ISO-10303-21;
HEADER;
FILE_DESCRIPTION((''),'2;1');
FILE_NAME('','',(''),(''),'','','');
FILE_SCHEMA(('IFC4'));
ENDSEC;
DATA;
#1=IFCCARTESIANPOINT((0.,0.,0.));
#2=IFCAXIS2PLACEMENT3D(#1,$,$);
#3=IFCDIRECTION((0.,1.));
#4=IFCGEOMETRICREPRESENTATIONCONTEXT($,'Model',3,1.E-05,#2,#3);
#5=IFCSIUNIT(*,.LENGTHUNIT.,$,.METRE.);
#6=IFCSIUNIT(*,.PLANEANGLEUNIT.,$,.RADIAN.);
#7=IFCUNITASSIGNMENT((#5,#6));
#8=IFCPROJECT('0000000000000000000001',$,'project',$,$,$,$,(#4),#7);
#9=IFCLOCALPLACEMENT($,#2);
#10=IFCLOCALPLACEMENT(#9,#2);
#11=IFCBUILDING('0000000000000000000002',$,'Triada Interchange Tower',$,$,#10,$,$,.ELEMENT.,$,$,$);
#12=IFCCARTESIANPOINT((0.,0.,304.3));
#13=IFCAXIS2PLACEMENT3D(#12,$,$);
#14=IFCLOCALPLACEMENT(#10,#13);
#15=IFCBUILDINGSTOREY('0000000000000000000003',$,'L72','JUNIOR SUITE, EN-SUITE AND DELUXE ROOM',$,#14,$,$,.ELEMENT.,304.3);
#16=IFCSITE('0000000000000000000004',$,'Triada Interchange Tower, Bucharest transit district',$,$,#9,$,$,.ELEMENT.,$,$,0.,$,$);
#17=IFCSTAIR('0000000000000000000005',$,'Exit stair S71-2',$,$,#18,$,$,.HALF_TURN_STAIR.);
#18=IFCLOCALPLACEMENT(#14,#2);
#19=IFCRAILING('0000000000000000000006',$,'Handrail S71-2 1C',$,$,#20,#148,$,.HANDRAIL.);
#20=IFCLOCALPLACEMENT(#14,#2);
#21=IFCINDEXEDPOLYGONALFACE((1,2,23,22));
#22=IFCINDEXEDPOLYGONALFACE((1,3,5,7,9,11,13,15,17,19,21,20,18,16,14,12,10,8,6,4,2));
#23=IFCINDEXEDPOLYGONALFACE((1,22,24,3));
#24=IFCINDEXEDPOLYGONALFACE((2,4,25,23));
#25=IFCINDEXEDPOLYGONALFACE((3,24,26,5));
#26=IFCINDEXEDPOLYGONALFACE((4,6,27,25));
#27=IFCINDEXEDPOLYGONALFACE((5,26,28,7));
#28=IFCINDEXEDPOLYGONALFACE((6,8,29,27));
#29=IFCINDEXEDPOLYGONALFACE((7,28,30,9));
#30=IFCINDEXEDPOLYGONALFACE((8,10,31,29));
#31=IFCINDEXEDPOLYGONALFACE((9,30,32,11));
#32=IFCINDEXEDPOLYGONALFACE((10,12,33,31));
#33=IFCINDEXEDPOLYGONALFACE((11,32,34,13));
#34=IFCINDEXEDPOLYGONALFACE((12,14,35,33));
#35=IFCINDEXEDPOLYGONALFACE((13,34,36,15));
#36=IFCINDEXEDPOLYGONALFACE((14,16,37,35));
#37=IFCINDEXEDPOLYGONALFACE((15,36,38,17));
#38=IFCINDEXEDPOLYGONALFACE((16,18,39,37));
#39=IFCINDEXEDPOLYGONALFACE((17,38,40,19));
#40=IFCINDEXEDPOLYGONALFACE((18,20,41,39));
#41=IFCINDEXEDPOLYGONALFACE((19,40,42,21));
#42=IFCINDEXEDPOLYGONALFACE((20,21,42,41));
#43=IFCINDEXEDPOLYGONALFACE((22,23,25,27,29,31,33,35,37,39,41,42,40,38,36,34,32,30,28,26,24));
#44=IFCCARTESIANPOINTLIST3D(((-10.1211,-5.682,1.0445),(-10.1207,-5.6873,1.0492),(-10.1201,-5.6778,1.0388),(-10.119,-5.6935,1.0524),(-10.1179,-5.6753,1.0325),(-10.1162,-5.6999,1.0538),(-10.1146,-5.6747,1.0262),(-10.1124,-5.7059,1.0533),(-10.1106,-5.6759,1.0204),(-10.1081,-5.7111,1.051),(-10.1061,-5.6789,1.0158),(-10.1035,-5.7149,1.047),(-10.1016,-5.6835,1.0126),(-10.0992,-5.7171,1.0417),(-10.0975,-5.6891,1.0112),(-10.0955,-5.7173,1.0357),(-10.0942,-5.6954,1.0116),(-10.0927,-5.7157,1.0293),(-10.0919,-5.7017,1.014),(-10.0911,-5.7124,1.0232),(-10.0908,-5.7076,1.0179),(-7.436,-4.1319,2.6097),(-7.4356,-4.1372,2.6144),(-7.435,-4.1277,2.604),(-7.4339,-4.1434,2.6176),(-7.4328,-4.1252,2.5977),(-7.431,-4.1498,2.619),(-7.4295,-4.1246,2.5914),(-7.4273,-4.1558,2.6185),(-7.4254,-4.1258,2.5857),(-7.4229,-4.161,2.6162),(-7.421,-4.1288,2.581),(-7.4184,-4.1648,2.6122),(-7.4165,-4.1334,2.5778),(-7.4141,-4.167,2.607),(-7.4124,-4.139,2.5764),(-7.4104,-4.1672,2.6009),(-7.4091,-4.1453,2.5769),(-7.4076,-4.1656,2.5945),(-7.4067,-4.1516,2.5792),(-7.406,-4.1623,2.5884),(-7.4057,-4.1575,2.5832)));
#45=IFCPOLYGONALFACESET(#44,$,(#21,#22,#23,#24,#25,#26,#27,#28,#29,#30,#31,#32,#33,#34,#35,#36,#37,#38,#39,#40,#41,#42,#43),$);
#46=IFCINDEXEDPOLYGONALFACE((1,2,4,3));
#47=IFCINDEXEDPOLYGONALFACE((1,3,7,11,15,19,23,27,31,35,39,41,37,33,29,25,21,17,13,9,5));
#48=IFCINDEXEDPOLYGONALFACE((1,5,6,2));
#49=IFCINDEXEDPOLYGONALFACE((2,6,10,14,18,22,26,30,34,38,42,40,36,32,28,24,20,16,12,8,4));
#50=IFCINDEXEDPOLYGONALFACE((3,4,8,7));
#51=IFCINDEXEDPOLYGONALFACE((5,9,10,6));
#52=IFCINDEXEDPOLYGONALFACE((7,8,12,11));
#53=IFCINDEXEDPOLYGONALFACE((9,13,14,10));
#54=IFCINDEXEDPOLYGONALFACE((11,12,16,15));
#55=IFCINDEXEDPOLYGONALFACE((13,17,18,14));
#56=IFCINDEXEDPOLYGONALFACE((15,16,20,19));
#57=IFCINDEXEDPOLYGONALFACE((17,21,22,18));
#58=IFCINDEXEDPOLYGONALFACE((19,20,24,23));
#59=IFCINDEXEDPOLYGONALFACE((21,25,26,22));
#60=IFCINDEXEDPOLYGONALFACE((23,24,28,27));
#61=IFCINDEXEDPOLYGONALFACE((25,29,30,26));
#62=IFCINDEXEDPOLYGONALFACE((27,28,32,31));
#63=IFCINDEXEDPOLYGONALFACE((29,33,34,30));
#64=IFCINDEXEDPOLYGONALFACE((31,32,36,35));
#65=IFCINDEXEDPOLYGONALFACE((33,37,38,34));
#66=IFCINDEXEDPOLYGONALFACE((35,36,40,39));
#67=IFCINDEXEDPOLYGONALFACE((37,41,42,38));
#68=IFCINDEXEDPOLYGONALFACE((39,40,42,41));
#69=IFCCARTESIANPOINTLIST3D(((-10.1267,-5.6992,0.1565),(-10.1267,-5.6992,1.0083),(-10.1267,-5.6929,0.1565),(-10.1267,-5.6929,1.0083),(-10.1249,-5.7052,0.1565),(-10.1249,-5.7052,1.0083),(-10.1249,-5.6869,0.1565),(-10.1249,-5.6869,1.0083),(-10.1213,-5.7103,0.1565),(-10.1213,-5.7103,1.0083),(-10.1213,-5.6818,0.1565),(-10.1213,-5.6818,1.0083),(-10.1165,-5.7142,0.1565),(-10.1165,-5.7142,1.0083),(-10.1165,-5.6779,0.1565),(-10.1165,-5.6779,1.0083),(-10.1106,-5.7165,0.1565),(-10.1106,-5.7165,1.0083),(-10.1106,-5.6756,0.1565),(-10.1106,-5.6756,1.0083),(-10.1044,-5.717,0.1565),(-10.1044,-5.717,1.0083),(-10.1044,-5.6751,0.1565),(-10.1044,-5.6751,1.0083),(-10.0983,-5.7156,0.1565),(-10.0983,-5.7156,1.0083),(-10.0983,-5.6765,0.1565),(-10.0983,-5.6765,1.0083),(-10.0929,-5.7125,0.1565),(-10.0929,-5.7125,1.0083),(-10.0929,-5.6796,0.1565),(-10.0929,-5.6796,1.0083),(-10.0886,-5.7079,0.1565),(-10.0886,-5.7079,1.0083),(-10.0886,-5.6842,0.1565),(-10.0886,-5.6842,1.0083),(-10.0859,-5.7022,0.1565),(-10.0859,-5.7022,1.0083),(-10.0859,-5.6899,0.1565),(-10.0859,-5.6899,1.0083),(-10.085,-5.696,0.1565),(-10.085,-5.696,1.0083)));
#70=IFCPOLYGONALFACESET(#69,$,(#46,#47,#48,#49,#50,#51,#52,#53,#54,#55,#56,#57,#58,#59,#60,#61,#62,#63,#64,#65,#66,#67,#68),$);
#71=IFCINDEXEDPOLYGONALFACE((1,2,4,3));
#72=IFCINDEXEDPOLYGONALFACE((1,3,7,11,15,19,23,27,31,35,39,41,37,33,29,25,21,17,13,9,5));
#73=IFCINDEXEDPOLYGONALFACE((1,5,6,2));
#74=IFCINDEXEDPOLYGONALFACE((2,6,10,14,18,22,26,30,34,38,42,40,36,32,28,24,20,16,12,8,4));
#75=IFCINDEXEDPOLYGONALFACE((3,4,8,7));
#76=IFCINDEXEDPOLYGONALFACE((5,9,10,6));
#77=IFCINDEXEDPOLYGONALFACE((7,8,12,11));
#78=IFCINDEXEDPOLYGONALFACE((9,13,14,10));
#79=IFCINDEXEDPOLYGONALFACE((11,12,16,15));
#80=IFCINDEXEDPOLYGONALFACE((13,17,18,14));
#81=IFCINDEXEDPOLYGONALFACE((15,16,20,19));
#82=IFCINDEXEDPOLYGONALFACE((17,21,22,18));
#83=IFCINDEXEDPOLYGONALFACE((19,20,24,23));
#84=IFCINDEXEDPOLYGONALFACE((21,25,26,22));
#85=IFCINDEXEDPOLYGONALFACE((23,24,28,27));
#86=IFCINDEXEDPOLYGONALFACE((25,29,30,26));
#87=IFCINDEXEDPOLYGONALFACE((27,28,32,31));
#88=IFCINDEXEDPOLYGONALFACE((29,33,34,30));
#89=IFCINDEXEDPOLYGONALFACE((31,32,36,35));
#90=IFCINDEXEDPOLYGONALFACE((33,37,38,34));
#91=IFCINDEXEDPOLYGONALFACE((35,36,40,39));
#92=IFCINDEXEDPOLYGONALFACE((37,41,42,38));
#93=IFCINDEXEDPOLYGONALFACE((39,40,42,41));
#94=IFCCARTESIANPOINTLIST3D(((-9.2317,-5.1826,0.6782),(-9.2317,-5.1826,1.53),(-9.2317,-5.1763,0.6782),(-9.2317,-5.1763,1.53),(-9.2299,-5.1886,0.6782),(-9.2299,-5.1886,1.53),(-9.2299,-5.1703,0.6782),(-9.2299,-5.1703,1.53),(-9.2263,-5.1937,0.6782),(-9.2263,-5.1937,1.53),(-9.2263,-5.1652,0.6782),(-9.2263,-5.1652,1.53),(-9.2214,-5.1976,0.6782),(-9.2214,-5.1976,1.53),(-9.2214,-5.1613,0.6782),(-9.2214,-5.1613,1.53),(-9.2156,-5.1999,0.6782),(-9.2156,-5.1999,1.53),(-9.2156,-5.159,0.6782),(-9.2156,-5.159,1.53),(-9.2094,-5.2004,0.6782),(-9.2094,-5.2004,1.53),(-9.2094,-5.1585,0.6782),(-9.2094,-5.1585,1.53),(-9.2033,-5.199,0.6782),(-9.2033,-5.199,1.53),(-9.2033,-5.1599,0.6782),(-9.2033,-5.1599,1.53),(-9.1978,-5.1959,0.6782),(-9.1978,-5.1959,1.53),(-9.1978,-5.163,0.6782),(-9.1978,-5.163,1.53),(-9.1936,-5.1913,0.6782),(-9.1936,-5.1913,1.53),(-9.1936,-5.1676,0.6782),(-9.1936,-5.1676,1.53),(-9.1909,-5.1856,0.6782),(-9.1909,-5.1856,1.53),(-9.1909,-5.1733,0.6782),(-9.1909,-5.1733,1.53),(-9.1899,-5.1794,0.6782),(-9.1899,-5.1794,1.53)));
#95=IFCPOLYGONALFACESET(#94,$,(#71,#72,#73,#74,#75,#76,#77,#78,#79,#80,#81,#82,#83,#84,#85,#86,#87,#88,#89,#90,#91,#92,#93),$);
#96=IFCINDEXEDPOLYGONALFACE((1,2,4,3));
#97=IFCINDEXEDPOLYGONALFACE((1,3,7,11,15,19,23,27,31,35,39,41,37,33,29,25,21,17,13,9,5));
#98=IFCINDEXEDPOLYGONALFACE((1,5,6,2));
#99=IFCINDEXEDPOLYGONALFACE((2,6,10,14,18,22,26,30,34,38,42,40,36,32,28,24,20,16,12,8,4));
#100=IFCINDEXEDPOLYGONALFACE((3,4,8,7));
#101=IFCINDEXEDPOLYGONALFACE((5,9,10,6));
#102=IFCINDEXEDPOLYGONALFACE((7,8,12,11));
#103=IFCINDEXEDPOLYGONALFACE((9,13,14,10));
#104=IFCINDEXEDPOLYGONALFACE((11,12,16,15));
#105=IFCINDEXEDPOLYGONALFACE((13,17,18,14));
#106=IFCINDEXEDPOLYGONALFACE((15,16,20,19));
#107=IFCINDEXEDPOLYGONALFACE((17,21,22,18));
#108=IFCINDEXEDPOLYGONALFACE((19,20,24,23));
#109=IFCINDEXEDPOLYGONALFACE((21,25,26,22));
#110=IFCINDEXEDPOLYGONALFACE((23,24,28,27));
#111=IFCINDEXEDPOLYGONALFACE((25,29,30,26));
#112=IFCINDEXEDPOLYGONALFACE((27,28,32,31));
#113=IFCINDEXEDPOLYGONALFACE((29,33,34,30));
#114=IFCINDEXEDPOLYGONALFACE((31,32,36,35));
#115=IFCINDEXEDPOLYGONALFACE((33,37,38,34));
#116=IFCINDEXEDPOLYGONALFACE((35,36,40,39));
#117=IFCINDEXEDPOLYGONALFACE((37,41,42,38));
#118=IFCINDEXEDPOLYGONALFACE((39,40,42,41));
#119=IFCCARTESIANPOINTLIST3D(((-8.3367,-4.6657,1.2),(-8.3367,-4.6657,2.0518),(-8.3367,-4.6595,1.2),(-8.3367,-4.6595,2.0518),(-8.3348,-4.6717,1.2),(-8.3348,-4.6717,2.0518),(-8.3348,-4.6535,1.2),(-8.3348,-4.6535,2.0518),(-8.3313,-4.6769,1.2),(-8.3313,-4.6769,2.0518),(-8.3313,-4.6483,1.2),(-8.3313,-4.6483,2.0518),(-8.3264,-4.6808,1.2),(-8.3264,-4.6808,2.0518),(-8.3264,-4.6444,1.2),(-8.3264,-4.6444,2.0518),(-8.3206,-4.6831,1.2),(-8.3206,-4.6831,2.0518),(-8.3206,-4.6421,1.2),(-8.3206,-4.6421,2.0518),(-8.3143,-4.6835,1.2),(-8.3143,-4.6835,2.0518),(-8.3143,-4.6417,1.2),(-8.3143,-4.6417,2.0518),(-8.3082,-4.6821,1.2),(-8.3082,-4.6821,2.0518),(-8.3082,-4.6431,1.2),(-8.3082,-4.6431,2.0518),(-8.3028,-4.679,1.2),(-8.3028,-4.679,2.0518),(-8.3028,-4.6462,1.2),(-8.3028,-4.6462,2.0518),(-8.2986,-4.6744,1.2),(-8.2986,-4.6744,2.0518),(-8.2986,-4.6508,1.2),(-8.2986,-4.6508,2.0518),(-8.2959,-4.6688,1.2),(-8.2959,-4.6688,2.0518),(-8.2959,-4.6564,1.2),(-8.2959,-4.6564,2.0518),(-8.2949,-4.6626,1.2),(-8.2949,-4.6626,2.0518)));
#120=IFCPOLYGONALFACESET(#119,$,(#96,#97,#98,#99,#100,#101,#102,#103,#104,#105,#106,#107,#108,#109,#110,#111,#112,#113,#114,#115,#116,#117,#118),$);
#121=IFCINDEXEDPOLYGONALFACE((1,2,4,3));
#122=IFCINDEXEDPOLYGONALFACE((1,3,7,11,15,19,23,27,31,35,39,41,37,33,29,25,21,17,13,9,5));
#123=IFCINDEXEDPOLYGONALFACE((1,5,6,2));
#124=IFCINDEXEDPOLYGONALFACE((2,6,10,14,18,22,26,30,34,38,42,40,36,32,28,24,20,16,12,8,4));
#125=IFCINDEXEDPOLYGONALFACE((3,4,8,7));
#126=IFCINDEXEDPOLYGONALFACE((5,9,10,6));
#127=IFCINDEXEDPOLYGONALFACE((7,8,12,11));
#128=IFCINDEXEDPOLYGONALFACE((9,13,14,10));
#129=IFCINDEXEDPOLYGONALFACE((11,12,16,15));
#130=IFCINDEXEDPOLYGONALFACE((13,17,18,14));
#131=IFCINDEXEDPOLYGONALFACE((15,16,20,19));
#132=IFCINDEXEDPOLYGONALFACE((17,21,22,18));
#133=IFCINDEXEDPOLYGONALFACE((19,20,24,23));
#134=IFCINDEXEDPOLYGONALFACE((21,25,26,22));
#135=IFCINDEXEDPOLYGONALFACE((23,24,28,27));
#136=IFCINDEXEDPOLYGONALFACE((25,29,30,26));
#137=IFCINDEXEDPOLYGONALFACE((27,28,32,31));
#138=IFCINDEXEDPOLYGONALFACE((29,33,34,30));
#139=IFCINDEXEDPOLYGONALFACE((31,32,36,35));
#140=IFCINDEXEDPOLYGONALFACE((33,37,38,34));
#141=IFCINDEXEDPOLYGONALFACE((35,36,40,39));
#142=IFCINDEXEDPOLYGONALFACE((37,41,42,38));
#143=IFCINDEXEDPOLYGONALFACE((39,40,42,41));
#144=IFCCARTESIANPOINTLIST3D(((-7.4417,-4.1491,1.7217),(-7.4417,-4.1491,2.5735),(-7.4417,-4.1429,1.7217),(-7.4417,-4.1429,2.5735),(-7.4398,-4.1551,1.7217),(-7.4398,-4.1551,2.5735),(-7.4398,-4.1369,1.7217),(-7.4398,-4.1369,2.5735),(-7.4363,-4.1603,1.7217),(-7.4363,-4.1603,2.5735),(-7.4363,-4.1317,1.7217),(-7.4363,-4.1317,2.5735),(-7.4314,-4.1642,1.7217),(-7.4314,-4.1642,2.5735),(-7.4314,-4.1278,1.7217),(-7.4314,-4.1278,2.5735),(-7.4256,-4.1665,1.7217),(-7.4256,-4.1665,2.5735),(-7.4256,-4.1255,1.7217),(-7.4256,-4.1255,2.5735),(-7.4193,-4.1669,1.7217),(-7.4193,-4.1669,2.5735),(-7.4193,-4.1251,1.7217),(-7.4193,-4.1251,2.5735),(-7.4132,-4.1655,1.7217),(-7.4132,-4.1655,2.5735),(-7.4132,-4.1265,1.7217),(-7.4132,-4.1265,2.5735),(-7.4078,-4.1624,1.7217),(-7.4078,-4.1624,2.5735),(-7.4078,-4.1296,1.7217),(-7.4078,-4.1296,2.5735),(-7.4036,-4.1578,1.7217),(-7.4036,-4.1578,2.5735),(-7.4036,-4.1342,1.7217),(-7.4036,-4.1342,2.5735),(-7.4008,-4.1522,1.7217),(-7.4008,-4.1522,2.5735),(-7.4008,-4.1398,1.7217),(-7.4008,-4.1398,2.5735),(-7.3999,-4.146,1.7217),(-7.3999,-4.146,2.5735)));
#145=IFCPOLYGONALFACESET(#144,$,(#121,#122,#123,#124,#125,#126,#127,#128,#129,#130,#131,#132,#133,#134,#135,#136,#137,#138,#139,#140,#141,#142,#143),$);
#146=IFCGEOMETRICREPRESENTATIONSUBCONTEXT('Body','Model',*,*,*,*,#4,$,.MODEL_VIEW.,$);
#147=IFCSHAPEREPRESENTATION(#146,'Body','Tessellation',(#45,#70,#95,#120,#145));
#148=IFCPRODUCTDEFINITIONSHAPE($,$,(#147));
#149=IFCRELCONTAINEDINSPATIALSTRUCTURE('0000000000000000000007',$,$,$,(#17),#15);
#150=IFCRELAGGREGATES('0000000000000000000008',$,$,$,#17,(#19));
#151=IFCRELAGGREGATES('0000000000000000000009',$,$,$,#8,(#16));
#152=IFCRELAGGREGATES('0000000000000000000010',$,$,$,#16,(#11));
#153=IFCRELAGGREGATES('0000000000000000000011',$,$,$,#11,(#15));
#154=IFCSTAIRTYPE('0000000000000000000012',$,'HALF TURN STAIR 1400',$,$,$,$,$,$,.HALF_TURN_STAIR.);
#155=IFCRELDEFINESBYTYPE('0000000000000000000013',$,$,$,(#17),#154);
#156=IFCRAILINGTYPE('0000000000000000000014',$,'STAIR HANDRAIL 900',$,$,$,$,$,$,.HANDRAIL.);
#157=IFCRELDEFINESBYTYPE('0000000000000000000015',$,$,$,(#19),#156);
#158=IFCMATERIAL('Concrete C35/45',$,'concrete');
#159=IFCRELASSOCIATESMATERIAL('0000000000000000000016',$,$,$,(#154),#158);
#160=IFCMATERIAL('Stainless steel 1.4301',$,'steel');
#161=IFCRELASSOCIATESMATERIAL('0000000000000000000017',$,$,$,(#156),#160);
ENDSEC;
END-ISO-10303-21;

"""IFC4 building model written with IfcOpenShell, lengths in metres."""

from ifc_helpers import new_model, si_unit, direction, frame, origin, origin_2d, place, context, subcontext, project, spatial, circle, extrude, material, type_object, element, aggregate, save


model = new_model("IFC4")

# Units and contexts
model_context = context("Model", 3, precision=1e-05, world=origin(), true_north=direction((0.0, 1.0)))
body_context = subcontext(model_context, "Body", "Model", "MODEL_VIEW")
ifc_project = project(units=[si_unit("LENGTHUNIT", "METRE"), si_unit("PLANEANGLEUNIT", "RADIAN")], contexts=[model_context])

# Site, building, storey
site_placement = place(None, origin())
site = spatial("IfcSite", under=ifc_project, at=site_placement, Name="Triada Interchange Tower, Bucharest transit district", CompositionType="ELEMENT", RefElevation=0.0)
building_placement = place(site_placement, origin())
building = spatial("IfcBuilding", under=site, at=building_placement, Name="Triada Interchange Tower", CompositionType="ELEMENT")
storey_placement = place(building_placement, frame((0.0, 0.0, 304.3)))
storey = spatial("IfcBuildingStorey", under=building, at=storey_placement, Name="L72", Description="JUNIOR SUITE, EN-SUITE AND DELUXE ROOM", CompositionType="ELEMENT", Elevation=304.3)

# Stair, railing
ifc_material_1 = material(Name="Concrete C35/45", Category="concrete")
stair_type = type_object("IfcStairType", Name="HALF TURN STAIR 1400", PredefinedType="HALF_TURN_STAIR", material=ifc_material_1)
stair_placement = place(storey_placement, origin())
stair = element("IfcStair", 1, at=stair_placement, inside=storey, type_object=stair_type, Name="Exit stair S71-2", PredefinedType="HALF_TURN_STAIR")
ifc_material_2 = material(Name="Stainless steel 1.4301", Category="steel")
railing_type = type_object("IfcRailingType", Name="STAIR HANDRAIL 900", PredefinedType="HANDRAIL", material=ifc_material_2)
railing_1_placement = place(storey_placement, frame((-10.106, -5.696, 0.1565)))
railing_1 = element("IfcRailing", 2, at=railing_1_placement, type_object=railing_type, Name="Handrail S71-2 1C", PredefinedType="HANDRAIL", context=body_context, shape_type="SweptSolid", body=[
    extrude(circle(Radius=0.0239, at=origin_2d()), frame((0.0, 0.0, 0.876), z_axis=(0.773115, 0.446309, 0.450667), x_axis=(-0.499959, 0.866049, 0.0)), (0.0, 0.0, 1.0), 3.4731),
    extrude(circle(Radius=0.021, at=origin_2d()), origin(), (0.0, 0.0, 1.0), 0.8518),
    extrude(circle(Radius=0.021, at=origin_2d()), frame((0.895, 0.5166, 0.5217)), (0.0, 0.0, 1.0), 0.8518),
    extrude(circle(Radius=0.021, at=origin_2d()), frame((1.79, 1.0334, 1.0435)), (0.0, 0.0, 1.0), 0.8518),
    extrude(circle(Radius=0.021, at=origin_2d()), frame((2.6851, 1.55, 1.5652)), (0.0, 0.0, 1.0), 0.8518),
])
aggregate(stair, [railing_1])

save(model, "model.ifc")
